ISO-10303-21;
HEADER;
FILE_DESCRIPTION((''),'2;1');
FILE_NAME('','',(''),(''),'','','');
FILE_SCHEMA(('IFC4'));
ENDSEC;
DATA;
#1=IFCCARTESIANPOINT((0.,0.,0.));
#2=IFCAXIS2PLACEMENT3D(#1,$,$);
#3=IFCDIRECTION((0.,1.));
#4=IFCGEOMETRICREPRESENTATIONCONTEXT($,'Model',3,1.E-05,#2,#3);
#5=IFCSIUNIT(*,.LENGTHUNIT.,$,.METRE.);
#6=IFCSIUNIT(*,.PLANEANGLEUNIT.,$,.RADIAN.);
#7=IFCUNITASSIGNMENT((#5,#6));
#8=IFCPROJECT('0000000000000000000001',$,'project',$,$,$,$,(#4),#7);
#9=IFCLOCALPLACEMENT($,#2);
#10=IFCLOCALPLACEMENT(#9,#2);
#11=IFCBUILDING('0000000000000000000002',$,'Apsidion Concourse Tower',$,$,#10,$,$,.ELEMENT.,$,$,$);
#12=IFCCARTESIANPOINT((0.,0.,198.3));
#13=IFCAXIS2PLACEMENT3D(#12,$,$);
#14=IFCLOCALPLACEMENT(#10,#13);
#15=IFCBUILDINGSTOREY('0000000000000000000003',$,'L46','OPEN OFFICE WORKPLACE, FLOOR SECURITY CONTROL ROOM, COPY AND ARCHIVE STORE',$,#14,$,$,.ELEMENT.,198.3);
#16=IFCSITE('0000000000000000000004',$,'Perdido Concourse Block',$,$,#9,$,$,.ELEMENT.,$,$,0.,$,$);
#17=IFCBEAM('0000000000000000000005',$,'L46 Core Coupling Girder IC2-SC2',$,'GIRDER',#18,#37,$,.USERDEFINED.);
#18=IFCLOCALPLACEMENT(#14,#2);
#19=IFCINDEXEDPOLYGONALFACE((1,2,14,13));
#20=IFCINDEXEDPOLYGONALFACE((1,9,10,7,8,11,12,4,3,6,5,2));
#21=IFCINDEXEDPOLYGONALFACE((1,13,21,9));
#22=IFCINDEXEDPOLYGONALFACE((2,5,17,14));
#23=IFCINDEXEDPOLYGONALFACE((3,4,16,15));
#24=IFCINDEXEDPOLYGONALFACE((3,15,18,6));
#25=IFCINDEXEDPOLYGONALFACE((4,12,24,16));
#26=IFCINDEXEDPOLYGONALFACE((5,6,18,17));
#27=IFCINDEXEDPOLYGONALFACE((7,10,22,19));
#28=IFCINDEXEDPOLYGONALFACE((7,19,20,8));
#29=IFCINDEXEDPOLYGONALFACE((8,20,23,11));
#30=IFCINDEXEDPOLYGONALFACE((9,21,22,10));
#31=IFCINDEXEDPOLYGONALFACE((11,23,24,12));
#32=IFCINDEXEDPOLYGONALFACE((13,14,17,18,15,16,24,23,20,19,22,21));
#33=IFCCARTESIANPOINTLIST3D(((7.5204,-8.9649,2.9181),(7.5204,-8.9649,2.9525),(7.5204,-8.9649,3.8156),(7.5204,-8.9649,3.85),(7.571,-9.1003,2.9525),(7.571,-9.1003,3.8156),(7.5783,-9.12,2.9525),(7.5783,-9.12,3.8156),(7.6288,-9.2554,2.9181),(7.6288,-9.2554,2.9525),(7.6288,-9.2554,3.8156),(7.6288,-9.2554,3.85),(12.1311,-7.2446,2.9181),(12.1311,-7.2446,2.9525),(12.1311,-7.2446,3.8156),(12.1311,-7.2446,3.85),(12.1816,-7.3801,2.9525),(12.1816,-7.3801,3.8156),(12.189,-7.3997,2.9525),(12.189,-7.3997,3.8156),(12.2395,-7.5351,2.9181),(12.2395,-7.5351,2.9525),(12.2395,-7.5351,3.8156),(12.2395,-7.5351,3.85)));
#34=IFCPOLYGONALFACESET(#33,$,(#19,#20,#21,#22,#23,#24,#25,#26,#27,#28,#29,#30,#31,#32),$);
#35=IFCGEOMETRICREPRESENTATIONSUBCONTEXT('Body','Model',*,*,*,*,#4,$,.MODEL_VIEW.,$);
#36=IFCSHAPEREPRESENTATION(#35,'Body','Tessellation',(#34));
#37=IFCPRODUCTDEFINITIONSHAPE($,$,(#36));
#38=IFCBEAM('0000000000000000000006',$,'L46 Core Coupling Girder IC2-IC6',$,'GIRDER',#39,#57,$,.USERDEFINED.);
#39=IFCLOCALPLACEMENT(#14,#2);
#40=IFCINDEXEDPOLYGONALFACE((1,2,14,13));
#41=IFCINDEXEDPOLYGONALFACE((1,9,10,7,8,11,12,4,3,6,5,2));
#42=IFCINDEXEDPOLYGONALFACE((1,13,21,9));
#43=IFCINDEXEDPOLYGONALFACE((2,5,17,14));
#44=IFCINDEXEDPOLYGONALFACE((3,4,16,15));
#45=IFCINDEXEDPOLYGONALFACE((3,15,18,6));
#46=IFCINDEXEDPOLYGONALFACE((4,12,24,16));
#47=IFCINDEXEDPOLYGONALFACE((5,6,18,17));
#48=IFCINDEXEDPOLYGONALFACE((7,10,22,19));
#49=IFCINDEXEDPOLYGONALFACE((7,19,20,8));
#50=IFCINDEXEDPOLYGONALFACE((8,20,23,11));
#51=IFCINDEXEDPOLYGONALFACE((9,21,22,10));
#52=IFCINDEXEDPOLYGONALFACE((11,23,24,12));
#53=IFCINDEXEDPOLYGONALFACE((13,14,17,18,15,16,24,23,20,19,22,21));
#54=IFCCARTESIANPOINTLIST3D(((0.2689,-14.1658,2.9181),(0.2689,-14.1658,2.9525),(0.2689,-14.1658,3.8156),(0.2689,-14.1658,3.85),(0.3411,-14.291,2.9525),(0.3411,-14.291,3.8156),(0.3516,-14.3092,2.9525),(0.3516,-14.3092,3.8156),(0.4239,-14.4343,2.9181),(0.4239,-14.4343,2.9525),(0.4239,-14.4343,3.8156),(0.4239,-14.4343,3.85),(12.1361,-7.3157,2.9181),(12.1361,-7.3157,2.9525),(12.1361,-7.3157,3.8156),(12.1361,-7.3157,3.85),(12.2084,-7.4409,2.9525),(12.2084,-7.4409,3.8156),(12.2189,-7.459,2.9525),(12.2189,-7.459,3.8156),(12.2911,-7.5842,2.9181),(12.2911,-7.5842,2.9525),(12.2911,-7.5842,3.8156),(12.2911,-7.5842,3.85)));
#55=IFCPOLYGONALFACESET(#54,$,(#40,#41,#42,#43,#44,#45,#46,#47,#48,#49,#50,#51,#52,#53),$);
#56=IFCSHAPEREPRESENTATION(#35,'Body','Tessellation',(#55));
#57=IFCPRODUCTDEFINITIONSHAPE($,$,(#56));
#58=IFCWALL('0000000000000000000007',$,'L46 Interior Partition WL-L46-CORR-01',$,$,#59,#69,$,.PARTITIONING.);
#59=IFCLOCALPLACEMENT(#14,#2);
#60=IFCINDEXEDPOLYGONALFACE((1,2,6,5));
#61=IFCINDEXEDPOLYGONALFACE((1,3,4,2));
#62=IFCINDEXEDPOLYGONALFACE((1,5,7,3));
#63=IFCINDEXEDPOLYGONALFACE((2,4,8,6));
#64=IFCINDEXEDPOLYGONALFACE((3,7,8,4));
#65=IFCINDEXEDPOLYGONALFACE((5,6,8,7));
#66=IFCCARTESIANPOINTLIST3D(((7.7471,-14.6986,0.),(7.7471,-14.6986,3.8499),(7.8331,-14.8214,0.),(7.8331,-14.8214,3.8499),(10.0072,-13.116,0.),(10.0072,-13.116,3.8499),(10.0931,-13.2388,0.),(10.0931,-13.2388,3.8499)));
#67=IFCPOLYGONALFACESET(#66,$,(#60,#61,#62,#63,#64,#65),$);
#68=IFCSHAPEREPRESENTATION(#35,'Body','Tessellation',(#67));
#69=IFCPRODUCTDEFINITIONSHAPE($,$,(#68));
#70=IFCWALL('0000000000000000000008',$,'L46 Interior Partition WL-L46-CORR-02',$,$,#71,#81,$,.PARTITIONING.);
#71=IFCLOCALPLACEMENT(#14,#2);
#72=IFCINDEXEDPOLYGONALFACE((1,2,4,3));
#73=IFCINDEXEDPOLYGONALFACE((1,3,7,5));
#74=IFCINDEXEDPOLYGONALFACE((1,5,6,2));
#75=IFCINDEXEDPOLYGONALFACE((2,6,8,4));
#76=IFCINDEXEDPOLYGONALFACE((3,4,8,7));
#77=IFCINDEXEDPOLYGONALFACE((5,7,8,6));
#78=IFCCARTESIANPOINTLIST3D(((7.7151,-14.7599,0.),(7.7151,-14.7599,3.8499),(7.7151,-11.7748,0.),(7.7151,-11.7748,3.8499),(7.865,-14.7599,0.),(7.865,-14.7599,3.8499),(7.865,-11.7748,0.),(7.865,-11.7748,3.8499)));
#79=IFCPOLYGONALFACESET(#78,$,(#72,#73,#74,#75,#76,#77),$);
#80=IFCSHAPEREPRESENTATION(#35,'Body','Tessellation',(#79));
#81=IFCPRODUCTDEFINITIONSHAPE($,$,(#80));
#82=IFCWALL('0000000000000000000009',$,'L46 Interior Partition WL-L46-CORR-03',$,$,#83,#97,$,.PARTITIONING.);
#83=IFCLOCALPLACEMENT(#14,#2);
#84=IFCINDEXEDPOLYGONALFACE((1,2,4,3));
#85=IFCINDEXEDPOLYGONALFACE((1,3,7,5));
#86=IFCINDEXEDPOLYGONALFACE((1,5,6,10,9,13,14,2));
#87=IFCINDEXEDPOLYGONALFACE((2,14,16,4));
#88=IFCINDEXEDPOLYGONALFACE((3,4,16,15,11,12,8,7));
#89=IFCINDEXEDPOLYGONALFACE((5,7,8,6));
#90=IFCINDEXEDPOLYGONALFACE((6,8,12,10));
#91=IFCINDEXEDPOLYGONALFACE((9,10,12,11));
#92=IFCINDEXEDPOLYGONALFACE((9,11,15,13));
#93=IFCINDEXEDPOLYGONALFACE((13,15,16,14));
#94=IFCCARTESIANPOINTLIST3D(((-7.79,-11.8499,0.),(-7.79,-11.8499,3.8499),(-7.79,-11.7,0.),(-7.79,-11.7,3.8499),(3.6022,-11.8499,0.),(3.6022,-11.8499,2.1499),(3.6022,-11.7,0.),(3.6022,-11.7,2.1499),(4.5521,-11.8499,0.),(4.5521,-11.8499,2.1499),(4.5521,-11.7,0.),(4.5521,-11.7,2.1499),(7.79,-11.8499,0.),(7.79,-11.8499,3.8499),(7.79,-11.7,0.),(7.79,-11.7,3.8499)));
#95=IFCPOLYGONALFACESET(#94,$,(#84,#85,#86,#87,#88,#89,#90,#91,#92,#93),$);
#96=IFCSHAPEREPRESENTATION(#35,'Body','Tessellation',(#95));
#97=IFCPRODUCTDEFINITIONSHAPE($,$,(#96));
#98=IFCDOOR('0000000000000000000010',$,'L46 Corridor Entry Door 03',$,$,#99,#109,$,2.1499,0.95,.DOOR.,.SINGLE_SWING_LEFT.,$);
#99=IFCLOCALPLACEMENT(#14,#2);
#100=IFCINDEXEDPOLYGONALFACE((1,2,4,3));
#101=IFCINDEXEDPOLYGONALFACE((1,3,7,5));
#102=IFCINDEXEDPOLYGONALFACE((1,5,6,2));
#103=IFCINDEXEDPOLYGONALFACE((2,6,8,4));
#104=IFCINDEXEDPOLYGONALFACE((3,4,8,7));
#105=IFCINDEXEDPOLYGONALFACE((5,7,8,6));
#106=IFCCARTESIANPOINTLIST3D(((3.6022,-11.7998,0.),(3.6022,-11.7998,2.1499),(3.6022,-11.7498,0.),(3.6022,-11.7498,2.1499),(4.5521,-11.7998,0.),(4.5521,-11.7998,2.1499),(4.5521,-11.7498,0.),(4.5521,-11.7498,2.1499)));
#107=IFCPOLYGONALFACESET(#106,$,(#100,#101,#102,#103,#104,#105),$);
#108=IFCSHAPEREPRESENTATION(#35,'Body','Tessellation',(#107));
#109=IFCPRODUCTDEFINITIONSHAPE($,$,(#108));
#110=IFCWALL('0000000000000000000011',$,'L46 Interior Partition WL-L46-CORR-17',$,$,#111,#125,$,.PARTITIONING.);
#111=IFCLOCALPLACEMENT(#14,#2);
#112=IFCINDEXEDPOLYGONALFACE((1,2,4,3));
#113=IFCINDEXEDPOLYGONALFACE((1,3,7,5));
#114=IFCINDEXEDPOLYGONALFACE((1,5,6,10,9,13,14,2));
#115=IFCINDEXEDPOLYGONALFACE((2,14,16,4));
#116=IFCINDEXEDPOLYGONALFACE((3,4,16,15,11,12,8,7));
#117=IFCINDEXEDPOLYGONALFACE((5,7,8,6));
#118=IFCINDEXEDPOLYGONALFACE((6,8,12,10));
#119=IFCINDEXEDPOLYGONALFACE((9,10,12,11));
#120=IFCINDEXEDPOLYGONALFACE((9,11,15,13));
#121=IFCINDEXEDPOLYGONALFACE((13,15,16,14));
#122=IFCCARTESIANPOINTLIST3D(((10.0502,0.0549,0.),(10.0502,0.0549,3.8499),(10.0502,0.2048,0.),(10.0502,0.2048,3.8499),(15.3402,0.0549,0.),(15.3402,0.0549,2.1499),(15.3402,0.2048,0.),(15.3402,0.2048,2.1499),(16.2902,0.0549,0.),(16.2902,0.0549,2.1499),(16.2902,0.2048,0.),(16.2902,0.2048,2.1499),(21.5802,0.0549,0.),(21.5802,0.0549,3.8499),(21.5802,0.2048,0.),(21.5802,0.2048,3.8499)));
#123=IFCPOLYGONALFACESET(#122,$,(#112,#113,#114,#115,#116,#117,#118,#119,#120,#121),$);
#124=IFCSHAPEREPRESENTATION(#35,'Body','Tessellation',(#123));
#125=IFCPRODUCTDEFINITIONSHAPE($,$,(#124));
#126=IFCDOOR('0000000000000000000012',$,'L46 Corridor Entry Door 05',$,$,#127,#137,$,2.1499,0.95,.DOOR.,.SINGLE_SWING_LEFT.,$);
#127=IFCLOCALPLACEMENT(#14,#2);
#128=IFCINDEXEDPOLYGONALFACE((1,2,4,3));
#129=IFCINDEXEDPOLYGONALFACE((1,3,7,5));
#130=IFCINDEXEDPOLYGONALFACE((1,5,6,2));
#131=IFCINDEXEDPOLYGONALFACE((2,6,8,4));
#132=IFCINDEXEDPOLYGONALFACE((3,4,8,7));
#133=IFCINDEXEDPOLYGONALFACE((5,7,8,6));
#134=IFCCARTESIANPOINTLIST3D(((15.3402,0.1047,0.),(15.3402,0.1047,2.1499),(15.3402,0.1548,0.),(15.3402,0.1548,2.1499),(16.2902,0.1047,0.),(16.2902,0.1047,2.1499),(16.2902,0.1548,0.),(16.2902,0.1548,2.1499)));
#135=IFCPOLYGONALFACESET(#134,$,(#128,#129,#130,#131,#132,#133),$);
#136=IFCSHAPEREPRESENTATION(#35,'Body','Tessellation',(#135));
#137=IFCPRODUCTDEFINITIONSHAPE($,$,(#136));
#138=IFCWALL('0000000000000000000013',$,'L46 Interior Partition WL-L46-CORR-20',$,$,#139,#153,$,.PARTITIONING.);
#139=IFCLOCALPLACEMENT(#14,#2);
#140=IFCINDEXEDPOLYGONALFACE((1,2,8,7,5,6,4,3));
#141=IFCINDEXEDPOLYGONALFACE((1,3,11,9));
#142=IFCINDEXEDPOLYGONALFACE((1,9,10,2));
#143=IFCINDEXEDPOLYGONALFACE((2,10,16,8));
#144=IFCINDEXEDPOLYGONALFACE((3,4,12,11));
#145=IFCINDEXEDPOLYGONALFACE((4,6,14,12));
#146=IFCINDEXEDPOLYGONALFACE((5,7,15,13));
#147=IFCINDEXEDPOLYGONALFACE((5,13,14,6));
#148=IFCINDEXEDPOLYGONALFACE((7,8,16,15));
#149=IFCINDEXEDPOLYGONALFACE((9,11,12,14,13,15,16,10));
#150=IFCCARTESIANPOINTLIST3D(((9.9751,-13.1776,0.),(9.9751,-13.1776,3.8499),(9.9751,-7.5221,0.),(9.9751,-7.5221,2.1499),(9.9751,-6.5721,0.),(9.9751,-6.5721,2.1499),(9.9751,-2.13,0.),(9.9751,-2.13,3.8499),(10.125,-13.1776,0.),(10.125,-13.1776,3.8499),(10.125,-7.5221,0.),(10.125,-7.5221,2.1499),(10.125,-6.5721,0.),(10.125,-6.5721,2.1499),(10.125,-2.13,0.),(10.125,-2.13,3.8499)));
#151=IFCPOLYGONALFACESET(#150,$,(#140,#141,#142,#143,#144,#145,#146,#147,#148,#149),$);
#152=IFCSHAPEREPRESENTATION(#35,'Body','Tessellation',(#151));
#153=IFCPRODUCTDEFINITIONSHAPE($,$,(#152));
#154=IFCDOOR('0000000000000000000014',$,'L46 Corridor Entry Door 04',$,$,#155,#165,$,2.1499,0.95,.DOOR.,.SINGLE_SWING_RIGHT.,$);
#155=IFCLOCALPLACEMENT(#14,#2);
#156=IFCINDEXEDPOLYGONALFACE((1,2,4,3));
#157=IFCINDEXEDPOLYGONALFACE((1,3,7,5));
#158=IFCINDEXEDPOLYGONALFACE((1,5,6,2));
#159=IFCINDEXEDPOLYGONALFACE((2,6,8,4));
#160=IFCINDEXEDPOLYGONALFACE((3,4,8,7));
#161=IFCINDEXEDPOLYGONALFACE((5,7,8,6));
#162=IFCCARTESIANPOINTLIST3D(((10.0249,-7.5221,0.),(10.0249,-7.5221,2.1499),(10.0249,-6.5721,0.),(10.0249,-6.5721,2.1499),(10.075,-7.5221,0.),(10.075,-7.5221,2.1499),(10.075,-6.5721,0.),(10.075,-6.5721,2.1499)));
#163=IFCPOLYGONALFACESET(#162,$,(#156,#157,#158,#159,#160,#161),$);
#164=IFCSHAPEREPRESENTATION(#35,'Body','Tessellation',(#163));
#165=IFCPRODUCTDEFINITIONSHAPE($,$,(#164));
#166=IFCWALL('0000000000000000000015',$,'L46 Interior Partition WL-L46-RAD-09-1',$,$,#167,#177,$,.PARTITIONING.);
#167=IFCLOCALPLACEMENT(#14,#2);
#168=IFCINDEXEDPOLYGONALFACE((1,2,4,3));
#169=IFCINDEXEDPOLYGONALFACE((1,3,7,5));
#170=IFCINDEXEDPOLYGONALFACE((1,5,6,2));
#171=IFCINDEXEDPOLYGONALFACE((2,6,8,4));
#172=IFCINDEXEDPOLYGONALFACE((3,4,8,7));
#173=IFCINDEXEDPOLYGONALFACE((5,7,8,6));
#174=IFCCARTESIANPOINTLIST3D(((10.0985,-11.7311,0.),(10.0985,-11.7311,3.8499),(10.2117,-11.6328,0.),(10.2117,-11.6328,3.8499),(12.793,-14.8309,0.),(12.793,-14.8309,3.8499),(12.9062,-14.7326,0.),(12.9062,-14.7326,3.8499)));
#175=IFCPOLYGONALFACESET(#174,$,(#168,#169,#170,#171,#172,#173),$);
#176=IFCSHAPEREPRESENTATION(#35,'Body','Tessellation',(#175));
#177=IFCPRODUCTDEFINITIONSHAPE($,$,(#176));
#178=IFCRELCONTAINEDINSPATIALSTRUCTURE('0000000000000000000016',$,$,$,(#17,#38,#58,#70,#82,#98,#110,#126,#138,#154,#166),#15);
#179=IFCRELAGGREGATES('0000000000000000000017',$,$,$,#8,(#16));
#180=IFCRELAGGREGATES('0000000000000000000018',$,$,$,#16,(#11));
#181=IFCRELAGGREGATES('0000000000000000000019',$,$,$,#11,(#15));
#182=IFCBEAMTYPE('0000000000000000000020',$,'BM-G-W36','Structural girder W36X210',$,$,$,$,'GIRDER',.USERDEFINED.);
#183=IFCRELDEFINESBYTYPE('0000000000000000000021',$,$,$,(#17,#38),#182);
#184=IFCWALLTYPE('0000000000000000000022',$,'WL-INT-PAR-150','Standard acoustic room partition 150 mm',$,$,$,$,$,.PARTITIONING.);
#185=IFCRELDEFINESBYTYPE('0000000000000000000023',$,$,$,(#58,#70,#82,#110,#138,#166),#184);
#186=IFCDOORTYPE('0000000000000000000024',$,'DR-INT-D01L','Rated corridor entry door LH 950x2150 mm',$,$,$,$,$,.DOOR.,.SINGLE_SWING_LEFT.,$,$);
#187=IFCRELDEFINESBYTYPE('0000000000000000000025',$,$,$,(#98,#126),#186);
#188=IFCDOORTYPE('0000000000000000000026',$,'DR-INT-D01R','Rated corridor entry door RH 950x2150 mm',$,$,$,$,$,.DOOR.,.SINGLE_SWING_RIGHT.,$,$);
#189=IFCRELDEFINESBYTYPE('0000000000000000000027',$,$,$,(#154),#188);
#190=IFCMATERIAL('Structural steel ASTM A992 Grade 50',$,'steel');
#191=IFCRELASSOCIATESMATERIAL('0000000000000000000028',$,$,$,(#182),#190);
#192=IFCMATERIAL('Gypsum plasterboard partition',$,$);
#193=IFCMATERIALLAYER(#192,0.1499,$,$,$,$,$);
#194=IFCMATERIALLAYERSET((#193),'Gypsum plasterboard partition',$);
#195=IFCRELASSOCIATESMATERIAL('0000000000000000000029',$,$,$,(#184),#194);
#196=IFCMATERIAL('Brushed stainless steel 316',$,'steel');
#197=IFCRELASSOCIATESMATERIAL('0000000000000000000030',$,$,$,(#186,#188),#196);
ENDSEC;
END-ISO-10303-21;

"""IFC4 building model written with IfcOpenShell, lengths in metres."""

from ifc_helpers import new_model, si_unit, direction, frame, frame_2d, origin, origin_2d, place, context, subcontext, project, spatial, rectangle, i_section, extrude, material, layer, layer_set, material_profile, profile_set, type_object, element, fill, save


model = new_model("IFC4")

# Units and contexts
model_context = context("Model", 3, precision=1e-05, world=origin(), true_north=direction((0.0, 1.0)))
body_context = subcontext(model_context, "Body", "Model", "MODEL_VIEW")
ifc_project = project(units=[si_unit("LENGTHUNIT", "METRE"), si_unit("PLANEANGLEUNIT", "RADIAN")], contexts=[model_context])

# Site, building, storey
site_placement = place(None, origin())
site = spatial("IfcSite", under=ifc_project, at=site_placement, Name="Perdido Concourse Block", CompositionType="ELEMENT", RefElevation=0.0)
building_placement = place(site_placement, origin())
building = spatial("IfcBuilding", under=site, at=building_placement, Name="Apsidion Concourse Tower", CompositionType="ELEMENT")
storey_placement = place(building_placement, frame((0.0, 0.0, 198.3)))
storey = spatial("IfcBuildingStorey", under=building, at=storey_placement, Name="L46", Description="OPEN OFFICE WORKPLACE, FLOOR SECURITY CONTROL ROOM, COPY AND ARCHIVE STORE", CompositionType="ELEMENT", Elevation=198.3)

# Beams
ifc_material_1 = material(Name="Structural steel ASTM A992 Grade 50", Category="steel")
ifc_material_profile = material_profile(ifc_material_1, i_section(OverallWidth=0.3101, OverallDepth=0.9319, WebThickness=0.021, FlangeThickness=0.0344, at=origin_2d()), Name="W36X210")
ifc_profile_set = profile_set([ifc_material_profile], Name="Structural steel ASTM A992 Grade 50")
beam_type = type_object("IfcBeamType", Name="BM-G-W36", Description="Structural girder W36X210", ElementType="GIRDER", PredefinedType="USERDEFINED", material=ifc_profile_set)
beam_1_placement = place(storey_placement, frame((12.1853, -7.3899, 3.384), z_axis=(-0.936913, -0.349563, 0.0), x_axis=(0.349563, -0.936913, 0.0)))
element("IfcBeam", 1, at=beam_1_placement, inside=storey, type_object=beam_type, Name="L46 Core Coupling Girder IC2-SC2", ObjectType="GIRDER", PredefinedType="USERDEFINED", context=body_context, shape_type="SweptSolid", body=[
    extrude(i_section(OverallWidth=0.3101, OverallDepth=0.9319, WebThickness=0.021, FlangeThickness=0.0344, at=origin_2d()), origin(), (0.0, 0.0, 1.0), 4.9211),
])
beam_2_placement = place(storey_placement, frame((12.2136, -7.45, 3.384), z_axis=(-0.86607, -0.499922, 0.0), x_axis=(0.499922, -0.86607, 0.0)))
element("IfcBeam", 2, at=beam_2_placement, inside=storey, type_object=beam_type, Name="L46 Core Coupling Girder IC2-IC6", ObjectType="GIRDER", PredefinedType="USERDEFINED", context=body_context, shape_type="SweptSolid", body=[
    extrude(i_section(OverallWidth=0.3101, OverallDepth=0.9319, WebThickness=0.021, FlangeThickness=0.0344, at=origin_2d()), origin(), (0.0, 0.0, 1.0), 13.7024),
])

# Walls
ifc_material_2 = material(Name="Gypsum plasterboard partition")
ifc_layer_1 = layer(ifc_material_2, 0.1499)
ifc_layer_set_1 = layer_set([ifc_layer_1], Name="Gypsum plasterboard partition")
wall_type_1 = type_object("IfcWallType", Name="WL-INT-PAR-150", Description="Standard acoustic room partition 150 mm", PredefinedType="PARTITIONING", material=ifc_layer_set_1)
wall_1_placement = place(storey_placement, frame((10.05, -13.1775, 0.0), z_axis=(0.0, 0.0, 1.0), x_axis=(-0.819145, -0.573587, 0.0)))
element("IfcWall", 3, at=wall_1_placement, inside=storey, type_object=wall_type_1, Name="L46 Interior Partition WL-L46-CORR-01", PredefinedType="PARTITIONING", context=body_context, shape_type="SweptSolid", body=[
    extrude(rectangle(XDim=2.759, YDim=0.1499, at=frame_2d((1.3794, 0.0))), origin(), (0.0, 0.0, 1.0), 3.8499),
])
wall_2_placement = place(storey_placement, frame((7.79, -14.76, 0.0), z_axis=(0.0, 0.0, 1.0), x_axis=(0.0, 1.0, 0.0)))
element("IfcWall", 4, at=wall_2_placement, inside=storey, type_object=wall_type_1, Name="L46 Interior Partition WL-L46-CORR-02", PredefinedType="PARTITIONING", context=body_context, shape_type="SweptSolid", body=[
    extrude(rectangle(XDim=2.9851, YDim=0.1499, at=frame_2d((1.4927, 0.0))), origin(), (0.0, 0.0, 1.0), 3.8499),
])

# Walls, openings, doors
wall_3_placement = place(storey_placement, frame((7.79, -11.7749, 0.0), z_axis=(0.0, 0.0, 1.0), x_axis=(-1.0, 0.0, 0.0)))
wall_3 = element("IfcWall", 5, at=wall_3_placement, inside=storey, type_object=wall_type_1, Name="L46 Interior Partition WL-L46-CORR-03", PredefinedType="PARTITIONING", context=body_context, shape_type="SweptSolid", body=[
    extrude(rectangle(XDim=15.5801, YDim=0.1499, at=frame_2d((7.79, 0.0))), origin(), (0.0, 0.0, 1.0), 3.8499),
])
opening_1_placement = place(wall_3_placement, frame((3.2378, 0.0, 0.0)))
opening_1 = element("IfcOpeningElement", 6, at=opening_1_placement, cuts=wall_3, PredefinedType="OPENING", context=body_context, shape_type="SweptSolid", body=[
    extrude(rectangle(XDim=0.95, YDim=2.1499, at=frame_2d((0.4751, 1.075))), frame((0.0, 0.085, 0.0), z_axis=(0.0, -1.0, 0.0), x_axis=(1.0, 0.0, 0.0)), (0.0, 0.0, 1.0), 0.1699),
])
ifc_material_3 = material(Name="Brushed stainless steel 316", Category="steel")
door_type_1 = type_object("IfcDoorType", Name="DR-INT-D01L", Description="Rated corridor entry door LH 950x2150 mm", OperationType="SINGLE_SWING_LEFT", PredefinedType="DOOR", material=ifc_material_3)
door_1_placement = place(opening_1_placement, origin())
door_1 = element("IfcDoor", 7, at=door_1_placement, inside=storey, type_object=door_type_1, Name="L46 Corridor Entry Door 03", OperationType="SINGLE_SWING_LEFT", OverallHeight=2.1499, OverallWidth=0.95, PredefinedType="DOOR", context=body_context, shape_type="SweptSolid", body=[
    extrude(rectangle(XDim=0.95, YDim=2.1499, at=frame_2d((0.4751, 1.075))), frame((0.0, 0.0249, 0.0), z_axis=(0.0, -1.0, 0.0), x_axis=(1.0, 0.0, 0.0)), (0.0, 0.0, 1.0), 0.05),
])
fill(opening_1, door_1)
wall_4_placement = place(storey_placement, frame((10.05, 0.1299, 0.0), z_axis=(0.0, 0.0, 1.0), x_axis=(1.0, 0.0, 0.0)))
wall_4 = element("IfcWall", 8, at=wall_4_placement, inside=storey, type_object=wall_type_1, Name="L46 Interior Partition WL-L46-CORR-17", PredefinedType="PARTITIONING", context=body_context, shape_type="SweptSolid", body=[
    extrude(rectangle(XDim=11.53, YDim=0.1499, at=frame_2d((5.7651, 0.0))), origin(), (0.0, 0.0, 1.0), 3.8499),
])
opening_2_placement = place(wall_4_placement, frame((5.29, 0.0, 0.0)))
opening_2 = element("IfcOpeningElement", 9, at=opening_2_placement, cuts=wall_4, PredefinedType="OPENING", context=body_context, shape_type="SweptSolid", body=[
    extrude(rectangle(XDim=0.95, YDim=2.1499, at=frame_2d((0.4751, 1.075))), frame((0.0, 0.085, 0.0), z_axis=(0.0, -1.0, 0.0), x_axis=(1.0, 0.0, 0.0)), (0.0, 0.0, 1.0), 0.1699),
])
door_2_placement = place(opening_2_placement, origin())
door_2 = element("IfcDoor", 10, at=door_2_placement, inside=storey, type_object=door_type_1, Name="L46 Corridor Entry Door 05", OperationType="SINGLE_SWING_LEFT", OverallHeight=2.1499, OverallWidth=0.95, PredefinedType="DOOR", context=body_context, shape_type="SweptSolid", body=[
    extrude(rectangle(XDim=0.95, YDim=2.1499, at=frame_2d((0.4751, 1.075))), frame((0.0, 0.0249, 0.0), z_axis=(0.0, -1.0, 0.0), x_axis=(1.0, 0.0, 0.0)), (0.0, 0.0, 1.0), 0.05),
])
fill(opening_2, door_2)
wall_5_placement = place(storey_placement, frame((10.05, -2.1299, 0.0), z_axis=(0.0, 0.0, 1.0), x_axis=(0.0, -1.0, 0.0)))
wall_5 = element("IfcWall", 11, at=wall_5_placement, inside=storey, type_object=wall_type_1, Name="L46 Interior Partition WL-L46-CORR-20", PredefinedType="PARTITIONING", context=body_context, shape_type="SweptSolid", body=[
    extrude(rectangle(XDim=11.0476, YDim=0.1499, at=frame_2d((5.5239, 0.0))), origin(), (0.0, 0.0, 1.0), 3.8499),
])
opening_3_placement = place(wall_5_placement, frame((4.4421, 0.0, 0.0)))
opening_3 = element("IfcOpeningElement", 12, at=opening_3_placement, cuts=wall_5, PredefinedType="OPENING", context=body_context, shape_type="SweptSolid", body=[
    extrude(rectangle(XDim=0.95, YDim=2.1499, at=frame_2d((0.4751, 1.075))), frame((0.0, 0.085, 0.0), z_axis=(0.0, -1.0, 0.0), x_axis=(1.0, 0.0, 0.0)), (0.0, 0.0, 1.0), 0.1699),
])
door_type_2 = type_object("IfcDoorType", Name="DR-INT-D01R", Description="Rated corridor entry door RH 950x2150 mm", OperationType="SINGLE_SWING_RIGHT", PredefinedType="DOOR", material=ifc_material_3)
door_3_placement = place(opening_3_placement, origin())
door_3 = element("IfcDoor", 13, at=door_3_placement, inside=storey, type_object=door_type_2, Name="L46 Corridor Entry Door 04", OperationType="SINGLE_SWING_RIGHT", OverallHeight=2.1499, OverallWidth=0.95, PredefinedType="DOOR", context=body_context, shape_type="SweptSolid", body=[
    extrude(rectangle(XDim=0.95, YDim=2.1499, at=frame_2d((0.4751, 1.075))), frame((0.0, 0.0249, 0.0), z_axis=(0.0, -1.0, 0.0), x_axis=(1.0, 0.0, 0.0)), (0.0, 0.0, 1.0), 0.05),
])
fill(opening_3, door_3)

# Wall
wall_6_placement = place(storey_placement, frame((10.155, -11.6819, 0.0), z_axis=(0.0, 0.0, 1.0), x_axis=(0.656048, -0.754719, 0.0)))
element("IfcWall", 14, at=wall_6_placement, inside=storey, type_object=wall_type_1, Name="L46 Interior Partition WL-L46-RAD-09-1", PredefinedType="PARTITIONING", context=body_context, shape_type="SweptSolid", body=[
    extrude(rectangle(XDim=4.1072, YDim=0.1499, at=frame_2d((2.0537, 0.0))), origin(), (0.0, 0.0, 1.0), 3.8499),
])

save(model, "model.ifc")
